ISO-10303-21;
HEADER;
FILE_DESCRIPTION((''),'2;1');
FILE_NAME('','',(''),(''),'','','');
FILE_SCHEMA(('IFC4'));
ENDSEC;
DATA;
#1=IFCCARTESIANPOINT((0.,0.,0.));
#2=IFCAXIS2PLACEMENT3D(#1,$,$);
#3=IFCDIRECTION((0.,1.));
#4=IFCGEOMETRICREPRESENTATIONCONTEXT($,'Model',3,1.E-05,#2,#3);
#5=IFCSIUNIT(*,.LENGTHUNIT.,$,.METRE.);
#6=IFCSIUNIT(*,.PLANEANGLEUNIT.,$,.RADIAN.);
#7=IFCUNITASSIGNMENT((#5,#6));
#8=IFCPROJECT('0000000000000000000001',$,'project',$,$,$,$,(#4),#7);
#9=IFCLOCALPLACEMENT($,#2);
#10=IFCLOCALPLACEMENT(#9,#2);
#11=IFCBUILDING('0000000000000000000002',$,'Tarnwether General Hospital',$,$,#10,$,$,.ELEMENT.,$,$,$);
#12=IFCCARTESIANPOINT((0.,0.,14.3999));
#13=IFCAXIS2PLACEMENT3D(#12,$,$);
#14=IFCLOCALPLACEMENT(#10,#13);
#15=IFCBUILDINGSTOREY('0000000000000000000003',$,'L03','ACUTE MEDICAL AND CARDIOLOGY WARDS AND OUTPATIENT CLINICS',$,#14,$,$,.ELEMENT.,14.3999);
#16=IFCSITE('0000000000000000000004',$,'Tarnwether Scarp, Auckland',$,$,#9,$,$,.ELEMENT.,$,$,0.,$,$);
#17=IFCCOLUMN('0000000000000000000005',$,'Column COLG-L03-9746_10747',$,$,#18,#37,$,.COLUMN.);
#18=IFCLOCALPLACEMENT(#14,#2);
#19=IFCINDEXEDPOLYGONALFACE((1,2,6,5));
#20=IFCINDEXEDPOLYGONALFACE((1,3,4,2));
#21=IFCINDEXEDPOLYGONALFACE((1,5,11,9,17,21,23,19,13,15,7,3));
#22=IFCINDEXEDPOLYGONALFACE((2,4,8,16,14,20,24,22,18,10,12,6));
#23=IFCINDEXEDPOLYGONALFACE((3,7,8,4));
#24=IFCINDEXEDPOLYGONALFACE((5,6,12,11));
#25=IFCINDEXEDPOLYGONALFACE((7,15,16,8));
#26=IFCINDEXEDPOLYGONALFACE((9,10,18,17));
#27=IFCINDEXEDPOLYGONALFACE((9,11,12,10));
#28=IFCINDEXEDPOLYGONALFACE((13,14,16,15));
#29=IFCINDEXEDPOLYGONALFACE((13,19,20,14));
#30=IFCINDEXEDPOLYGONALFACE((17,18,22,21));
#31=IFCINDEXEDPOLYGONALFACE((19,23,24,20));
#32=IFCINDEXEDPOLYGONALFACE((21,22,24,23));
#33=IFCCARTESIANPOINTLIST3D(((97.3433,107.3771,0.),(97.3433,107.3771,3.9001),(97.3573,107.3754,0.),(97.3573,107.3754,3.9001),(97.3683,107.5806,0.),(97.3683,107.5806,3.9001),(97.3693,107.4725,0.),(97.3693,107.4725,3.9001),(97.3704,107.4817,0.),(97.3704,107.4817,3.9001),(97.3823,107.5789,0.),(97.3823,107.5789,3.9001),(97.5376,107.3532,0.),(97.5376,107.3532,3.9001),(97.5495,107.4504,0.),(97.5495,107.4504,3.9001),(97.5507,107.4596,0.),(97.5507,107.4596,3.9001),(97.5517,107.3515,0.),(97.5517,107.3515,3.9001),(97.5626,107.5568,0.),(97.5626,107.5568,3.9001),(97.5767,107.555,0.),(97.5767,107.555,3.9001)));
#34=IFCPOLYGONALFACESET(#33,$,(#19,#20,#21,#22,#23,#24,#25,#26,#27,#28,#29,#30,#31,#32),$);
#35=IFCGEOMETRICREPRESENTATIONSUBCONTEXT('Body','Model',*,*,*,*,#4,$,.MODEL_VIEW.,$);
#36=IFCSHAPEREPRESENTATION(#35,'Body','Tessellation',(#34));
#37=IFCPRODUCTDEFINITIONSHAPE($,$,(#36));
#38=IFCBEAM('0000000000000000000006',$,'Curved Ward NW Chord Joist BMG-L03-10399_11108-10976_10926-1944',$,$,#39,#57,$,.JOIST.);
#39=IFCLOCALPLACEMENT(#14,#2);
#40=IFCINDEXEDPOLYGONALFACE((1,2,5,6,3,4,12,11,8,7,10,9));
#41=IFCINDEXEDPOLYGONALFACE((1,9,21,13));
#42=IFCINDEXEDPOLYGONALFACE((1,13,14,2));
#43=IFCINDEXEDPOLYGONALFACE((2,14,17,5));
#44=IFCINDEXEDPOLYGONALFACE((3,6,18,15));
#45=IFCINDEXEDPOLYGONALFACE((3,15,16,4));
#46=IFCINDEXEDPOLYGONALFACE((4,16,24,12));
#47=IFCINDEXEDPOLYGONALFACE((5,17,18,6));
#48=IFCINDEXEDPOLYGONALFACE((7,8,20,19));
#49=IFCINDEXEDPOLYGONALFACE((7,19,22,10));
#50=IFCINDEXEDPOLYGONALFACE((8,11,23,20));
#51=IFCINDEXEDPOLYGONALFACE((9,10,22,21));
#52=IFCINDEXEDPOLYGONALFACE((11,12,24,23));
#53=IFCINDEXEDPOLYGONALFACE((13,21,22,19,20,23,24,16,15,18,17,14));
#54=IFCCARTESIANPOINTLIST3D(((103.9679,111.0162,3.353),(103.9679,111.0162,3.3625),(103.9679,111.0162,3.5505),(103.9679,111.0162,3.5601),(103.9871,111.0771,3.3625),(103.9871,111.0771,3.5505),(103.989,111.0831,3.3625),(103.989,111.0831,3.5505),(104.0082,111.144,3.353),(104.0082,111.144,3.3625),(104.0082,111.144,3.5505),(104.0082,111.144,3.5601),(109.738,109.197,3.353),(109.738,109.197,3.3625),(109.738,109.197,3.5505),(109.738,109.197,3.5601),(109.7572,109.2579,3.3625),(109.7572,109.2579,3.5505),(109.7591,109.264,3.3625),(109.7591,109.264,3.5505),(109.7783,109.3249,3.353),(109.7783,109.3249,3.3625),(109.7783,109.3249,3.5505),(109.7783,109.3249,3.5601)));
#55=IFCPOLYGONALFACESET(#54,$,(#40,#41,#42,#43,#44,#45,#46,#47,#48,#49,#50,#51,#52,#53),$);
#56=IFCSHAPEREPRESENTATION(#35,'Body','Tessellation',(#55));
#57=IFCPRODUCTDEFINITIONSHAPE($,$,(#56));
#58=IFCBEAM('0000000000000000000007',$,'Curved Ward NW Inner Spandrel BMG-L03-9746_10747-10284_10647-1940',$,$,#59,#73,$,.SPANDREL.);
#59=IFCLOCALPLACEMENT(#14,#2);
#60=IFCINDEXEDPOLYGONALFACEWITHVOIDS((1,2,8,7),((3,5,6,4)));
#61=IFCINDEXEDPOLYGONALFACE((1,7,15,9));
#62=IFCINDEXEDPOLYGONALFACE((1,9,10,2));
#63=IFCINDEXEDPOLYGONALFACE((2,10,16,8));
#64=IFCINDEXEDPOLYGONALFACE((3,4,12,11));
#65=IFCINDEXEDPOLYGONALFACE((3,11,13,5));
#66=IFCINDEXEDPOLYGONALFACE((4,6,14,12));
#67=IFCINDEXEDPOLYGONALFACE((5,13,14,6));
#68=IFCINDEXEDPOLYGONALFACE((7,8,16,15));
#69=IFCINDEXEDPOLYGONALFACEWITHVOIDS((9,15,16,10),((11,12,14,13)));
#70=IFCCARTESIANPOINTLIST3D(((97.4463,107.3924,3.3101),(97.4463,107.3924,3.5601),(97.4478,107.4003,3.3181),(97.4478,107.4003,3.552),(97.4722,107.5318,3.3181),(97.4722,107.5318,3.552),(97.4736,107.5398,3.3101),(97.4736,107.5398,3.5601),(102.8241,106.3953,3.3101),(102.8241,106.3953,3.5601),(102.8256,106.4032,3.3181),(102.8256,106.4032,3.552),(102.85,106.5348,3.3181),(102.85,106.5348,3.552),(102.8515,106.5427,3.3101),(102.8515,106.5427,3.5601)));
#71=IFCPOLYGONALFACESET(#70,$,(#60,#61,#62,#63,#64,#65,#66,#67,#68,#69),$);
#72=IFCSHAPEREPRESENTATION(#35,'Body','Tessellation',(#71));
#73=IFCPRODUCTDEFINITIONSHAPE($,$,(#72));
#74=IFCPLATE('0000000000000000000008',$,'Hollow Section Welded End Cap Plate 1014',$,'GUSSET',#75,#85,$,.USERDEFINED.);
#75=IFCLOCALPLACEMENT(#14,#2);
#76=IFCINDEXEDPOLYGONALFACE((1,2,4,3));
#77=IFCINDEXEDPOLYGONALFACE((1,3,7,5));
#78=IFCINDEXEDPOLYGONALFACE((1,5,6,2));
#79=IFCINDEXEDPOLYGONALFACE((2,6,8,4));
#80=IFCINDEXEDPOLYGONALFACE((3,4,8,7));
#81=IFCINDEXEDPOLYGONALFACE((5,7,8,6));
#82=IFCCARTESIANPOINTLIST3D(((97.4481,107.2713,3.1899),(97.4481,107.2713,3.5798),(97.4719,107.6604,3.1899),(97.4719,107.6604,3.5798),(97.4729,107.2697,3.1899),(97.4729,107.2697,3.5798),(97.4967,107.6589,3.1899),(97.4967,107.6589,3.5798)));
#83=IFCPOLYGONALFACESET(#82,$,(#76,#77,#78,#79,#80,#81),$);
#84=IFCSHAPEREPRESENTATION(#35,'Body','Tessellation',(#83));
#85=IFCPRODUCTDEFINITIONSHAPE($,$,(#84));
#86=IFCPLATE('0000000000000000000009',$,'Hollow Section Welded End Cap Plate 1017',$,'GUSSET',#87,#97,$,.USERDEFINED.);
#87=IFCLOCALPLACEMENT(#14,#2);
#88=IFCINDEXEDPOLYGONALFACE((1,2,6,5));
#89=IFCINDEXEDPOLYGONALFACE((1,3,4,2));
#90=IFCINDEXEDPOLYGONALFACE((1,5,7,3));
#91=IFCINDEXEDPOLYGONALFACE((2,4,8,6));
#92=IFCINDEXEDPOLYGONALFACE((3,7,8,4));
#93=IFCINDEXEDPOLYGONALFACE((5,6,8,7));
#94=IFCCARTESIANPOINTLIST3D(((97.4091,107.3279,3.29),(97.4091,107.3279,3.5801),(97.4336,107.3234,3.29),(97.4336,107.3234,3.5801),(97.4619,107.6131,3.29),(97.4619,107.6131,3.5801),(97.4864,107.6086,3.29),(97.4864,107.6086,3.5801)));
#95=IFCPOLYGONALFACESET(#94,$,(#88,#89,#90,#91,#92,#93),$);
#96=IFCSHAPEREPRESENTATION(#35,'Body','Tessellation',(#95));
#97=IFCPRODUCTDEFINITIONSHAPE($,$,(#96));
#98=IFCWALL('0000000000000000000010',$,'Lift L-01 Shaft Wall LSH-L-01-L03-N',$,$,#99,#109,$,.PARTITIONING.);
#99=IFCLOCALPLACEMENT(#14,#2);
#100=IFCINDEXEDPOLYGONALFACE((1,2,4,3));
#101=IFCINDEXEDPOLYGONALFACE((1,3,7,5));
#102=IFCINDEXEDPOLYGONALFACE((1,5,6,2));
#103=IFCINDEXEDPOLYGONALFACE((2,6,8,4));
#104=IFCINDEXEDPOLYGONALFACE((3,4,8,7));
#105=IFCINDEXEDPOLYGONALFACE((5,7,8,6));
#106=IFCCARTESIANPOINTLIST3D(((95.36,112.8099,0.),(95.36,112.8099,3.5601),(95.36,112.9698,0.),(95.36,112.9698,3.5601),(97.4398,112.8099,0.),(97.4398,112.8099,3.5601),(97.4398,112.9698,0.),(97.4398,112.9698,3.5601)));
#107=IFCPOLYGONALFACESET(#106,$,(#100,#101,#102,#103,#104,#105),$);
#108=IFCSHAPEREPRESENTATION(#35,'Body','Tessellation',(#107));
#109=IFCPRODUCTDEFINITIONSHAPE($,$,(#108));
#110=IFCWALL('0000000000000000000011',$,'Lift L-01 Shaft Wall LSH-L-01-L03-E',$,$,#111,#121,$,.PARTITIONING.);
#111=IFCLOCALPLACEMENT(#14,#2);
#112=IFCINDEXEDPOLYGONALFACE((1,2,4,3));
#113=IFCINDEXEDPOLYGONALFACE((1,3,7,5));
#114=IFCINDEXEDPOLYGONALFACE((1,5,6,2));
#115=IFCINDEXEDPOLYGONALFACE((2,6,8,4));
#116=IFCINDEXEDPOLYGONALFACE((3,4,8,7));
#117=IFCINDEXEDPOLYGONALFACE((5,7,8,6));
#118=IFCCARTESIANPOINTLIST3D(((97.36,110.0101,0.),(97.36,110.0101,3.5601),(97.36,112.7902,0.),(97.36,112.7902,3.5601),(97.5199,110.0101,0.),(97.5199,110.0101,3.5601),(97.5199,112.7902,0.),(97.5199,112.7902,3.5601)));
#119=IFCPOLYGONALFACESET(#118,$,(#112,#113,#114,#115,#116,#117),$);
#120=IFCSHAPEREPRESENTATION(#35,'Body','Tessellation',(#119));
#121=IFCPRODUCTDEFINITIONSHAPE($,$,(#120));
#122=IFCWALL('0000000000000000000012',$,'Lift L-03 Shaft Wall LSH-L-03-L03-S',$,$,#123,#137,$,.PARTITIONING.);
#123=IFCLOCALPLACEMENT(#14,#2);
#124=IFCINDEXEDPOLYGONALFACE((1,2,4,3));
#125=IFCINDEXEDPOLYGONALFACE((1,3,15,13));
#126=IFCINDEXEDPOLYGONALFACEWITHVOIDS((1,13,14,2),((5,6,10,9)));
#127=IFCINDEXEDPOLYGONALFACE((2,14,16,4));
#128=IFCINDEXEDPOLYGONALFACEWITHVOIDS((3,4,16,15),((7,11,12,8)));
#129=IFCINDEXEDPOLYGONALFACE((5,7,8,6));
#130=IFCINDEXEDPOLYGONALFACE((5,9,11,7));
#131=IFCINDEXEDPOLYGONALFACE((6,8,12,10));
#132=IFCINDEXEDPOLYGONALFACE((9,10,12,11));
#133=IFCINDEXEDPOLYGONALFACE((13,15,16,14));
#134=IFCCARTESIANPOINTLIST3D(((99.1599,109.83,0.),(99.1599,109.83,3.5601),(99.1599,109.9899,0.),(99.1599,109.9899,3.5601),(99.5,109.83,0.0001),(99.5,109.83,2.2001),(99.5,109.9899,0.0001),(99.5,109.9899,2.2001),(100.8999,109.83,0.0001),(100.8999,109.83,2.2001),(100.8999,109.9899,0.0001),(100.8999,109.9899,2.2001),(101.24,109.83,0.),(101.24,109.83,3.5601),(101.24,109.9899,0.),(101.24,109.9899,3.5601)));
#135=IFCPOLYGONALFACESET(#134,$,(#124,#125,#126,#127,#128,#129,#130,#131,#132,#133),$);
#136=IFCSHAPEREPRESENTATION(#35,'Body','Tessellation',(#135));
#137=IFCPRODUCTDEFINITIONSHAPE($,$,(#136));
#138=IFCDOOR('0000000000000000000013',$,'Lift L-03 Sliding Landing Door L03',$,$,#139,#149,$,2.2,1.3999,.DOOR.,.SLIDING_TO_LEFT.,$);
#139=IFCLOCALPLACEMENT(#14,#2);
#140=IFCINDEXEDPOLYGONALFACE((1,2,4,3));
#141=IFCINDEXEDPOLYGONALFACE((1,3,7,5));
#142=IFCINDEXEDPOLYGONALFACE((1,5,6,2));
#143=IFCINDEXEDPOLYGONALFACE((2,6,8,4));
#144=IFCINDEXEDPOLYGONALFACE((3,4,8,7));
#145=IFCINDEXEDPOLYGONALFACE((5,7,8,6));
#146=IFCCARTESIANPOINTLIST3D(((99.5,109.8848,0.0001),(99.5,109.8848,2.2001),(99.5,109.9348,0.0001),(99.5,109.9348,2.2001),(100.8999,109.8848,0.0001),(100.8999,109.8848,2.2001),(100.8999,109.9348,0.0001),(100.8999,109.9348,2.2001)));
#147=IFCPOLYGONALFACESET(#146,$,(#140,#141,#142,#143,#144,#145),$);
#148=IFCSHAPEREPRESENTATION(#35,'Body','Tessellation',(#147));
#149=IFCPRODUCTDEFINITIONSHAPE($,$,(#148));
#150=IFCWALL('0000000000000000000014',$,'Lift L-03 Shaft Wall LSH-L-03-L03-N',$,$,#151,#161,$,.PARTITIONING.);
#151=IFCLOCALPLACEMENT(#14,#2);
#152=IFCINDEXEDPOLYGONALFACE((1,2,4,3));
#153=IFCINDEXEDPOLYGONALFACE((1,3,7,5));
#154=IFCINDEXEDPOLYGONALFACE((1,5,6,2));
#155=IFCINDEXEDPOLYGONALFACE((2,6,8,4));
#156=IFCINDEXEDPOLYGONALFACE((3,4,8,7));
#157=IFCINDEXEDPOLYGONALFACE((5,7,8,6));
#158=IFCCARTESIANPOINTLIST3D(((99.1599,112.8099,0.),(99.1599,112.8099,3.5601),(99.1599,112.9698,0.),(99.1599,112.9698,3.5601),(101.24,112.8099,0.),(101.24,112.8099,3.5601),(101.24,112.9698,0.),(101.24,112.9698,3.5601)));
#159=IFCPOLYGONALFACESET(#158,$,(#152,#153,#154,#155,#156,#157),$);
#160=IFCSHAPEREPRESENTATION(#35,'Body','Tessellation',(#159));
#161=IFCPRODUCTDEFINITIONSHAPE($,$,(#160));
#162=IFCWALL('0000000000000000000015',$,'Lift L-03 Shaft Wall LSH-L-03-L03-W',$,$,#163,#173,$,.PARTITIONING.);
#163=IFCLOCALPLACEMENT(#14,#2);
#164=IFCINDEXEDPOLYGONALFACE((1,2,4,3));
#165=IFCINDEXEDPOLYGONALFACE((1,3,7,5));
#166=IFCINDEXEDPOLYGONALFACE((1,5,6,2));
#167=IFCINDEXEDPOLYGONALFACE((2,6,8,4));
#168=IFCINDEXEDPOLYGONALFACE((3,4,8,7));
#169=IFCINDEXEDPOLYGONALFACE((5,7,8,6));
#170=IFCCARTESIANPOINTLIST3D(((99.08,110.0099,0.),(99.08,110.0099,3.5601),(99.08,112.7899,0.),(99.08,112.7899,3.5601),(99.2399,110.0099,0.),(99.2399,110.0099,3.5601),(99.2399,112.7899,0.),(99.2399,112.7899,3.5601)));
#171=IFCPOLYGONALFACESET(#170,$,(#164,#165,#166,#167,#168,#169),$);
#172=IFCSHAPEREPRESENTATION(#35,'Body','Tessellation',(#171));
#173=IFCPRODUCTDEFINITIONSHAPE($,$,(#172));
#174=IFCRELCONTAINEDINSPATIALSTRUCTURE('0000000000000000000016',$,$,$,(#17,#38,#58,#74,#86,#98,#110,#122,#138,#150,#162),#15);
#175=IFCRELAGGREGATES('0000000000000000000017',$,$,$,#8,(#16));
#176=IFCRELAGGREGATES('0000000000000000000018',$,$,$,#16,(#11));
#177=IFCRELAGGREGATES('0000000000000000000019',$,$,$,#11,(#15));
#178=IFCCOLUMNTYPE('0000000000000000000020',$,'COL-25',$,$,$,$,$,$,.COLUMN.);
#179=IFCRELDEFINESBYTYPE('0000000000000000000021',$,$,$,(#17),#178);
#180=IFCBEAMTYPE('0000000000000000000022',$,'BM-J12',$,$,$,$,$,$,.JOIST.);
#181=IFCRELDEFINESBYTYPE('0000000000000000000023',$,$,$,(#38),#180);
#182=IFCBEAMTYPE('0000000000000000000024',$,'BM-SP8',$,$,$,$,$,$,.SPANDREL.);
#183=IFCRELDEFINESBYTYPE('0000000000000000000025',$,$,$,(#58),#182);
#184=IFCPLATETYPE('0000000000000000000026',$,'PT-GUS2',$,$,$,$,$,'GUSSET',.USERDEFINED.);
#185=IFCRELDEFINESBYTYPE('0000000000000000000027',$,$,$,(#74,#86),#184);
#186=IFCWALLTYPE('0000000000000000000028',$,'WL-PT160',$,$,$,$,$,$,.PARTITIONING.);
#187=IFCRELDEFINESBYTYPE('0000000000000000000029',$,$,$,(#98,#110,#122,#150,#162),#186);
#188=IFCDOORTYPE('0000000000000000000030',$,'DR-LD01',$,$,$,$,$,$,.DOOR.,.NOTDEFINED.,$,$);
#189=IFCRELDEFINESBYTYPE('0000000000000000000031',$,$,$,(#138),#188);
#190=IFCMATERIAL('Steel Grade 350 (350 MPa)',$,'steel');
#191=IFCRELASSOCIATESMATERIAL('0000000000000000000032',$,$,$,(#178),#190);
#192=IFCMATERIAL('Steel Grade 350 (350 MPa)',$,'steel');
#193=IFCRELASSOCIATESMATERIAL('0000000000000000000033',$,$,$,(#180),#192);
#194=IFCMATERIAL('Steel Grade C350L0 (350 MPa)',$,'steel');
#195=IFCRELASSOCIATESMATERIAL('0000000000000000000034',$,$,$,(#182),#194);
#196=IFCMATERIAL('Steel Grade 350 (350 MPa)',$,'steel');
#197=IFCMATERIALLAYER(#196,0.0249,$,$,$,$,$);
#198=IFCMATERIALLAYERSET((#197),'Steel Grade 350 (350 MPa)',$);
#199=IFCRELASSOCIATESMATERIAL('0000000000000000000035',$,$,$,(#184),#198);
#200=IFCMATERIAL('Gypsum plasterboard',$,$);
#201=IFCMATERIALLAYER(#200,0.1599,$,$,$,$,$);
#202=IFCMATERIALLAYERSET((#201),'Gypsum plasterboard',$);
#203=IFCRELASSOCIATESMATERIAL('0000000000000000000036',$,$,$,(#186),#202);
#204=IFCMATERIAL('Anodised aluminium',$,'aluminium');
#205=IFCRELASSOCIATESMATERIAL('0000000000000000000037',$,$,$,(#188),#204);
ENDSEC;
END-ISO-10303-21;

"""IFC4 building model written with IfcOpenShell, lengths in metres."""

from ifc_helpers import new_model, si_unit, direction, frame, frame_2d, origin, origin_2d, place, context, subcontext, project, spatial, rectangle, hollow_rectangle, i_section, extrude, material, layer, layer_set, material_profile, profile_set, type_object, element, fill, save


model = new_model("IFC4")

# Units and contexts
model_context = context("Model", 3, precision=1e-05, world=origin(), true_north=direction((0.0, 1.0)))
body_context = subcontext(model_context, "Body", "Model", "MODEL_VIEW")
ifc_project = project(units=[si_unit("LENGTHUNIT", "METRE"), si_unit("PLANEANGLEUNIT", "RADIAN")], contexts=[model_context])

# Site, building, storey
site_placement = place(None, origin())
site = spatial("IfcSite", under=ifc_project, at=site_placement, Name="Tarnwether Scarp, Auckland", CompositionType="ELEMENT", RefElevation=0.0)
building_placement = place(site_placement, origin())
building = spatial("IfcBuilding", under=site, at=building_placement, Name="Tarnwether General Hospital", CompositionType="ELEMENT")
storey_placement = place(building_placement, frame((0.0, 0.0, 14.3999)))
storey = spatial("IfcBuildingStorey", under=building, at=storey_placement, Name="L03", Description="ACUTE MEDICAL AND CARDIOLOGY WARDS AND OUTPATIENT CLINICS", CompositionType="ELEMENT", Elevation=14.3999)

# Column
ifc_material_1 = material(Name="Steel Grade 350 (350 MPa)", Category="steel")
ifc_material_profile_1 = material_profile(ifc_material_1, i_section(OverallWidth=0.2051, OverallDepth=0.21, WebThickness=0.0093, FlangeThickness=0.0142, at=origin_2d()), Name="200UC59.5")
ifc_profile_set_1 = profile_set([ifc_material_profile_1], Name="Steel Grade 350 (350 MPa)")
column_type = type_object("IfcColumnType", Name="COL-25", PredefinedType="COLUMN", material=ifc_profile_set_1)
column_placement = place(storey_placement, frame((97.46, 107.4661, 0.0), z_axis=(0.0, 0.0, 1.0), x_axis=(0.121869, 0.992546, 0.0)))
element("IfcColumn", 1, at=column_placement, inside=storey, type_object=column_type, Name="Column COLG-L03-9746_10747", PredefinedType="COLUMN", context=body_context, shape_type="SweptSolid", body=[
    extrude(i_section(OverallWidth=0.2051, OverallDepth=0.21, WebThickness=0.0093, FlangeThickness=0.0142, at=origin_2d()), origin(), (0.0, 0.0, 1.0), 3.9001),
])

# Beams
ifc_material_2 = material(Name="Steel Grade 350 (350 MPa)", Category="steel")
ifc_material_profile_2 = material_profile(ifc_material_2, i_section(OverallWidth=0.134, OverallDepth=0.207, WebThickness=0.0063, FlangeThickness=0.0095, at=origin_2d()), Name="200UB29.8")
ifc_profile_set_2 = profile_set([ifc_material_profile_2], Name="Steel Grade 350 (350 MPa)")
beam_type_1 = type_object("IfcBeamType", Name="BM-J12", PredefinedType="JOIST", material=ifc_profile_set_2)
beam_1_placement = place(storey_placement, frame((103.988, 111.0801, 3.4565), z_axis=(0.953726, -0.300677, 0.0), x_axis=(0.300677, 0.953726, 0.0)))
element("IfcBeam", 2, at=beam_1_placement, inside=storey, type_object=beam_type_1, Name="Curved Ward NW Chord Joist BMG-L03-10399_11108-10976_10926-1944", PredefinedType="JOIST", context=body_context, shape_type="SweptSolid", body=[
    extrude(i_section(OverallWidth=0.134, OverallDepth=0.207, WebThickness=0.0063, FlangeThickness=0.0095, at=origin_2d()), origin(), (0.0, 0.0, 1.0), 6.05),
])
ifc_material_3 = material(Name="Steel Grade C350L0 (350 MPa)", Category="steel")
ifc_material_profile_3 = material_profile(ifc_material_3, hollow_rectangle(XDim=0.1499, YDim=0.25, WallThickness=0.0081, at=origin_2d()), Name="RHS250x150x8")
ifc_profile_set_3 = profile_set([ifc_material_profile_3], Name="Steel Grade C350L0 (350 MPa)")
beam_type_2 = type_object("IfcBeamType", Name="BM-SP8", PredefinedType="SPANDREL", material=ifc_profile_set_3)
beam_2_placement = place(storey_placement, frame((97.46, 107.4661, 3.4351), z_axis=(0.983244, -0.182294, 0.0), x_axis=(0.182294, 0.983244, 0.0)))
element("IfcBeam", 3, at=beam_2_placement, inside=storey, type_object=beam_type_2, Name="Curved Ward NW Inner Spandrel BMG-L03-9746_10747-10284_10647-1940", PredefinedType="SPANDREL", context=body_context, shape_type="SweptSolid", body=[
    extrude(hollow_rectangle(XDim=0.1499, YDim=0.25, WallThickness=0.0081, at=origin_2d()), origin(), (0.0, 0.0, 1.0), 5.4695),
])

# Plates
ifc_material_4 = material(Name="Steel Grade 350 (350 MPa)", Category="steel")
ifc_layer_1 = layer(ifc_material_4, 0.0249)
ifc_layer_set_1 = layer_set([ifc_layer_1], Name="Steel Grade 350 (350 MPa)")
plate_type = type_object("IfcPlateType", Name="PT-GUS2", ElementType="GUSSET", PredefinedType="USERDEFINED", material=ifc_layer_set_1)
plate_1_placement = place(storey_placement, frame((97.4724, 107.4651, 3.1899), z_axis=(0.0, 0.0, 1.0), x_axis=(0.998134, -0.061066, 0.0)))
element("IfcPlate", 4, at=plate_1_placement, inside=storey, type_object=plate_type, Name="Hollow Section Welded End Cap Plate 1014", ObjectType="GUSSET", PredefinedType="USERDEFINED", context=body_context, shape_type="SweptSolid", body=[
    extrude(rectangle(XDim=0.0249, YDim=0.3899, at=origin_2d()), origin(), (0.0, 0.0, 1.0), 0.3899),
])
plate_2_placement = place(storey_placement, frame((97.4478, 107.4683, 3.29), z_axis=(0.0, 0.0, 1.0), x_axis=(0.983245, -0.182287, 0.0)))
element("IfcPlate", 5, at=plate_2_placement, inside=storey, type_object=plate_type, Name="Hollow Section Welded End Cap Plate 1017", ObjectType="GUSSET", PredefinedType="USERDEFINED", context=body_context, shape_type="SweptSolid", body=[
    extrude(rectangle(XDim=0.0249, YDim=0.29, at=origin_2d()), origin(), (0.0, 0.0, 1.0), 0.29),
])

# Walls
ifc_material_5 = material(Name="Gypsum plasterboard")
ifc_layer_2 = layer(ifc_material_5, 0.1599)
ifc_layer_set_2 = layer_set([ifc_layer_2], Name="Gypsum plasterboard")
wall_type_1 = type_object("IfcWallType", Name="WL-PT160", PredefinedType="PARTITIONING", material=ifc_layer_set_2)
wall_1_placement = place(storey_placement, frame((97.4399, 112.8899, 0.0), z_axis=(0.0, 0.0, 1.0), x_axis=(-1.0, 0.0, 0.0)))
element("IfcWall", 6, at=wall_1_placement, inside=storey, type_object=wall_type_1, Name="Lift L-01 Shaft Wall LSH-L-01-L03-N", PredefinedType="PARTITIONING", context=body_context, shape_type="SweptSolid", body=[
    extrude(rectangle(XDim=2.0798, YDim=0.1599, at=frame_2d((1.04, 0.0))), origin(), (0.0, 0.0, 1.0), 3.5601),
])
wall_2_placement = place(storey_placement, frame((97.4399, 110.01, 0.0), z_axis=(0.0, 0.0, 1.0), x_axis=(0.0, 1.0, 0.0)))
element("IfcWall", 7, at=wall_2_placement, inside=storey, type_object=wall_type_1, Name="Lift L-01 Shaft Wall LSH-L-01-L03-E", PredefinedType="PARTITIONING", context=body_context, shape_type="SweptSolid", body=[
    extrude(rectangle(XDim=2.78, YDim=0.1599, at=frame_2d((1.3901, 0.0))), origin(), (0.0, 0.0, 1.0), 3.5601),
])

# Wall, opening, door
wall_3_placement = place(storey_placement, frame((99.1599, 109.9099, 0.0), z_axis=(0.0, 0.0, 1.0), x_axis=(1.0, 0.0, 0.0)))
wall_3 = element("IfcWall", 8, at=wall_3_placement, inside=storey, type_object=wall_type_1, Name="Lift L-03 Shaft Wall LSH-L-03-L03-S", PredefinedType="PARTITIONING", context=body_context, shape_type="SweptSolid", body=[
    extrude(rectangle(XDim=2.0801, YDim=0.1599, at=frame_2d((1.04, 0.0))), origin(), (0.0, 0.0, 1.0), 3.5601),
])
opening_1_placement = place(wall_3_placement, frame((0.3401, 0.0, 0.0)))
opening_1 = element("IfcOpeningElement", 9, at=opening_1_placement, cuts=wall_3, PredefinedType="OPENING", context=body_context, shape_type="SweptSolid", body=[
    extrude(rectangle(XDim=1.3999, YDim=2.2, at=frame_2d((0.7, 1.1001))), frame((0.0, 0.0898, 0.0), z_axis=(0.0, -1.0, 0.0), x_axis=(1.0, 0.0, 0.0)), (0.0, 0.0, 1.0), 0.1799),
])
ifc_material_6 = material(Name="Anodised aluminium", Category="aluminium")
door_type_1 = type_object("IfcDoorType", Name="DR-LD01", OperationType="NOTDEFINED", PredefinedType="DOOR", material=ifc_material_6)
door_1_placement = place(opening_1_placement, origin())
door_1 = element("IfcDoor", 10, at=door_1_placement, inside=storey, type_object=door_type_1, Name="Lift L-03 Sliding Landing Door L03", OperationType="SLIDING_TO_LEFT", OverallHeight=2.2, OverallWidth=1.3999, PredefinedType="DOOR", context=body_context, shape_type="SweptSolid", body=[
    extrude(rectangle(XDim=1.3999, YDim=2.2, at=frame_2d((0.7, 1.1001))), frame((0.0, 0.0249, 0.0), z_axis=(0.0, -1.0, 0.0), x_axis=(1.0, 0.0, 0.0)), (0.0, 0.0, 1.0), 0.05),
])
fill(opening_1, door_1)

# Walls
wall_4_placement = place(storey_placement, frame((101.24, 112.8899, 0.0), z_axis=(0.0, 0.0, 1.0), x_axis=(-1.0, 0.0, 0.0)))
element("IfcWall", 11, at=wall_4_placement, inside=storey, type_object=wall_type_1, Name="Lift L-03 Shaft Wall LSH-L-03-L03-N", PredefinedType="PARTITIONING", context=body_context, shape_type="SweptSolid", body=[
    extrude(rectangle(XDim=2.0801, YDim=0.1599, at=frame_2d((1.04, 0.0))), origin(), (0.0, 0.0, 1.0), 3.5601),
])
for number, where, z_axis, x_axis, name in (
    (12, (99.1599, 112.79, 0.0), (0.0, 0.0, 1.0), (0.0, -1.0, 0.0), "Lift L-03 Shaft Wall LSH-L-03-L03-W"),
):
    element("IfcWall", number, at=place(storey_placement, frame(where, z_axis=z_axis, x_axis=x_axis)), inside=storey, type_object=wall_type_1, Name=name, PredefinedType="PARTITIONING", context=body_context, shape_type="SweptSolid", body=[
        extrude(rectangle(XDim=2.78, YDim=0.1599, at=frame_2d((1.3901, 0.0))), origin(), (0.0, 0.0, 1.0), 3.5601),
    ])

save(model, "model.ifc")
